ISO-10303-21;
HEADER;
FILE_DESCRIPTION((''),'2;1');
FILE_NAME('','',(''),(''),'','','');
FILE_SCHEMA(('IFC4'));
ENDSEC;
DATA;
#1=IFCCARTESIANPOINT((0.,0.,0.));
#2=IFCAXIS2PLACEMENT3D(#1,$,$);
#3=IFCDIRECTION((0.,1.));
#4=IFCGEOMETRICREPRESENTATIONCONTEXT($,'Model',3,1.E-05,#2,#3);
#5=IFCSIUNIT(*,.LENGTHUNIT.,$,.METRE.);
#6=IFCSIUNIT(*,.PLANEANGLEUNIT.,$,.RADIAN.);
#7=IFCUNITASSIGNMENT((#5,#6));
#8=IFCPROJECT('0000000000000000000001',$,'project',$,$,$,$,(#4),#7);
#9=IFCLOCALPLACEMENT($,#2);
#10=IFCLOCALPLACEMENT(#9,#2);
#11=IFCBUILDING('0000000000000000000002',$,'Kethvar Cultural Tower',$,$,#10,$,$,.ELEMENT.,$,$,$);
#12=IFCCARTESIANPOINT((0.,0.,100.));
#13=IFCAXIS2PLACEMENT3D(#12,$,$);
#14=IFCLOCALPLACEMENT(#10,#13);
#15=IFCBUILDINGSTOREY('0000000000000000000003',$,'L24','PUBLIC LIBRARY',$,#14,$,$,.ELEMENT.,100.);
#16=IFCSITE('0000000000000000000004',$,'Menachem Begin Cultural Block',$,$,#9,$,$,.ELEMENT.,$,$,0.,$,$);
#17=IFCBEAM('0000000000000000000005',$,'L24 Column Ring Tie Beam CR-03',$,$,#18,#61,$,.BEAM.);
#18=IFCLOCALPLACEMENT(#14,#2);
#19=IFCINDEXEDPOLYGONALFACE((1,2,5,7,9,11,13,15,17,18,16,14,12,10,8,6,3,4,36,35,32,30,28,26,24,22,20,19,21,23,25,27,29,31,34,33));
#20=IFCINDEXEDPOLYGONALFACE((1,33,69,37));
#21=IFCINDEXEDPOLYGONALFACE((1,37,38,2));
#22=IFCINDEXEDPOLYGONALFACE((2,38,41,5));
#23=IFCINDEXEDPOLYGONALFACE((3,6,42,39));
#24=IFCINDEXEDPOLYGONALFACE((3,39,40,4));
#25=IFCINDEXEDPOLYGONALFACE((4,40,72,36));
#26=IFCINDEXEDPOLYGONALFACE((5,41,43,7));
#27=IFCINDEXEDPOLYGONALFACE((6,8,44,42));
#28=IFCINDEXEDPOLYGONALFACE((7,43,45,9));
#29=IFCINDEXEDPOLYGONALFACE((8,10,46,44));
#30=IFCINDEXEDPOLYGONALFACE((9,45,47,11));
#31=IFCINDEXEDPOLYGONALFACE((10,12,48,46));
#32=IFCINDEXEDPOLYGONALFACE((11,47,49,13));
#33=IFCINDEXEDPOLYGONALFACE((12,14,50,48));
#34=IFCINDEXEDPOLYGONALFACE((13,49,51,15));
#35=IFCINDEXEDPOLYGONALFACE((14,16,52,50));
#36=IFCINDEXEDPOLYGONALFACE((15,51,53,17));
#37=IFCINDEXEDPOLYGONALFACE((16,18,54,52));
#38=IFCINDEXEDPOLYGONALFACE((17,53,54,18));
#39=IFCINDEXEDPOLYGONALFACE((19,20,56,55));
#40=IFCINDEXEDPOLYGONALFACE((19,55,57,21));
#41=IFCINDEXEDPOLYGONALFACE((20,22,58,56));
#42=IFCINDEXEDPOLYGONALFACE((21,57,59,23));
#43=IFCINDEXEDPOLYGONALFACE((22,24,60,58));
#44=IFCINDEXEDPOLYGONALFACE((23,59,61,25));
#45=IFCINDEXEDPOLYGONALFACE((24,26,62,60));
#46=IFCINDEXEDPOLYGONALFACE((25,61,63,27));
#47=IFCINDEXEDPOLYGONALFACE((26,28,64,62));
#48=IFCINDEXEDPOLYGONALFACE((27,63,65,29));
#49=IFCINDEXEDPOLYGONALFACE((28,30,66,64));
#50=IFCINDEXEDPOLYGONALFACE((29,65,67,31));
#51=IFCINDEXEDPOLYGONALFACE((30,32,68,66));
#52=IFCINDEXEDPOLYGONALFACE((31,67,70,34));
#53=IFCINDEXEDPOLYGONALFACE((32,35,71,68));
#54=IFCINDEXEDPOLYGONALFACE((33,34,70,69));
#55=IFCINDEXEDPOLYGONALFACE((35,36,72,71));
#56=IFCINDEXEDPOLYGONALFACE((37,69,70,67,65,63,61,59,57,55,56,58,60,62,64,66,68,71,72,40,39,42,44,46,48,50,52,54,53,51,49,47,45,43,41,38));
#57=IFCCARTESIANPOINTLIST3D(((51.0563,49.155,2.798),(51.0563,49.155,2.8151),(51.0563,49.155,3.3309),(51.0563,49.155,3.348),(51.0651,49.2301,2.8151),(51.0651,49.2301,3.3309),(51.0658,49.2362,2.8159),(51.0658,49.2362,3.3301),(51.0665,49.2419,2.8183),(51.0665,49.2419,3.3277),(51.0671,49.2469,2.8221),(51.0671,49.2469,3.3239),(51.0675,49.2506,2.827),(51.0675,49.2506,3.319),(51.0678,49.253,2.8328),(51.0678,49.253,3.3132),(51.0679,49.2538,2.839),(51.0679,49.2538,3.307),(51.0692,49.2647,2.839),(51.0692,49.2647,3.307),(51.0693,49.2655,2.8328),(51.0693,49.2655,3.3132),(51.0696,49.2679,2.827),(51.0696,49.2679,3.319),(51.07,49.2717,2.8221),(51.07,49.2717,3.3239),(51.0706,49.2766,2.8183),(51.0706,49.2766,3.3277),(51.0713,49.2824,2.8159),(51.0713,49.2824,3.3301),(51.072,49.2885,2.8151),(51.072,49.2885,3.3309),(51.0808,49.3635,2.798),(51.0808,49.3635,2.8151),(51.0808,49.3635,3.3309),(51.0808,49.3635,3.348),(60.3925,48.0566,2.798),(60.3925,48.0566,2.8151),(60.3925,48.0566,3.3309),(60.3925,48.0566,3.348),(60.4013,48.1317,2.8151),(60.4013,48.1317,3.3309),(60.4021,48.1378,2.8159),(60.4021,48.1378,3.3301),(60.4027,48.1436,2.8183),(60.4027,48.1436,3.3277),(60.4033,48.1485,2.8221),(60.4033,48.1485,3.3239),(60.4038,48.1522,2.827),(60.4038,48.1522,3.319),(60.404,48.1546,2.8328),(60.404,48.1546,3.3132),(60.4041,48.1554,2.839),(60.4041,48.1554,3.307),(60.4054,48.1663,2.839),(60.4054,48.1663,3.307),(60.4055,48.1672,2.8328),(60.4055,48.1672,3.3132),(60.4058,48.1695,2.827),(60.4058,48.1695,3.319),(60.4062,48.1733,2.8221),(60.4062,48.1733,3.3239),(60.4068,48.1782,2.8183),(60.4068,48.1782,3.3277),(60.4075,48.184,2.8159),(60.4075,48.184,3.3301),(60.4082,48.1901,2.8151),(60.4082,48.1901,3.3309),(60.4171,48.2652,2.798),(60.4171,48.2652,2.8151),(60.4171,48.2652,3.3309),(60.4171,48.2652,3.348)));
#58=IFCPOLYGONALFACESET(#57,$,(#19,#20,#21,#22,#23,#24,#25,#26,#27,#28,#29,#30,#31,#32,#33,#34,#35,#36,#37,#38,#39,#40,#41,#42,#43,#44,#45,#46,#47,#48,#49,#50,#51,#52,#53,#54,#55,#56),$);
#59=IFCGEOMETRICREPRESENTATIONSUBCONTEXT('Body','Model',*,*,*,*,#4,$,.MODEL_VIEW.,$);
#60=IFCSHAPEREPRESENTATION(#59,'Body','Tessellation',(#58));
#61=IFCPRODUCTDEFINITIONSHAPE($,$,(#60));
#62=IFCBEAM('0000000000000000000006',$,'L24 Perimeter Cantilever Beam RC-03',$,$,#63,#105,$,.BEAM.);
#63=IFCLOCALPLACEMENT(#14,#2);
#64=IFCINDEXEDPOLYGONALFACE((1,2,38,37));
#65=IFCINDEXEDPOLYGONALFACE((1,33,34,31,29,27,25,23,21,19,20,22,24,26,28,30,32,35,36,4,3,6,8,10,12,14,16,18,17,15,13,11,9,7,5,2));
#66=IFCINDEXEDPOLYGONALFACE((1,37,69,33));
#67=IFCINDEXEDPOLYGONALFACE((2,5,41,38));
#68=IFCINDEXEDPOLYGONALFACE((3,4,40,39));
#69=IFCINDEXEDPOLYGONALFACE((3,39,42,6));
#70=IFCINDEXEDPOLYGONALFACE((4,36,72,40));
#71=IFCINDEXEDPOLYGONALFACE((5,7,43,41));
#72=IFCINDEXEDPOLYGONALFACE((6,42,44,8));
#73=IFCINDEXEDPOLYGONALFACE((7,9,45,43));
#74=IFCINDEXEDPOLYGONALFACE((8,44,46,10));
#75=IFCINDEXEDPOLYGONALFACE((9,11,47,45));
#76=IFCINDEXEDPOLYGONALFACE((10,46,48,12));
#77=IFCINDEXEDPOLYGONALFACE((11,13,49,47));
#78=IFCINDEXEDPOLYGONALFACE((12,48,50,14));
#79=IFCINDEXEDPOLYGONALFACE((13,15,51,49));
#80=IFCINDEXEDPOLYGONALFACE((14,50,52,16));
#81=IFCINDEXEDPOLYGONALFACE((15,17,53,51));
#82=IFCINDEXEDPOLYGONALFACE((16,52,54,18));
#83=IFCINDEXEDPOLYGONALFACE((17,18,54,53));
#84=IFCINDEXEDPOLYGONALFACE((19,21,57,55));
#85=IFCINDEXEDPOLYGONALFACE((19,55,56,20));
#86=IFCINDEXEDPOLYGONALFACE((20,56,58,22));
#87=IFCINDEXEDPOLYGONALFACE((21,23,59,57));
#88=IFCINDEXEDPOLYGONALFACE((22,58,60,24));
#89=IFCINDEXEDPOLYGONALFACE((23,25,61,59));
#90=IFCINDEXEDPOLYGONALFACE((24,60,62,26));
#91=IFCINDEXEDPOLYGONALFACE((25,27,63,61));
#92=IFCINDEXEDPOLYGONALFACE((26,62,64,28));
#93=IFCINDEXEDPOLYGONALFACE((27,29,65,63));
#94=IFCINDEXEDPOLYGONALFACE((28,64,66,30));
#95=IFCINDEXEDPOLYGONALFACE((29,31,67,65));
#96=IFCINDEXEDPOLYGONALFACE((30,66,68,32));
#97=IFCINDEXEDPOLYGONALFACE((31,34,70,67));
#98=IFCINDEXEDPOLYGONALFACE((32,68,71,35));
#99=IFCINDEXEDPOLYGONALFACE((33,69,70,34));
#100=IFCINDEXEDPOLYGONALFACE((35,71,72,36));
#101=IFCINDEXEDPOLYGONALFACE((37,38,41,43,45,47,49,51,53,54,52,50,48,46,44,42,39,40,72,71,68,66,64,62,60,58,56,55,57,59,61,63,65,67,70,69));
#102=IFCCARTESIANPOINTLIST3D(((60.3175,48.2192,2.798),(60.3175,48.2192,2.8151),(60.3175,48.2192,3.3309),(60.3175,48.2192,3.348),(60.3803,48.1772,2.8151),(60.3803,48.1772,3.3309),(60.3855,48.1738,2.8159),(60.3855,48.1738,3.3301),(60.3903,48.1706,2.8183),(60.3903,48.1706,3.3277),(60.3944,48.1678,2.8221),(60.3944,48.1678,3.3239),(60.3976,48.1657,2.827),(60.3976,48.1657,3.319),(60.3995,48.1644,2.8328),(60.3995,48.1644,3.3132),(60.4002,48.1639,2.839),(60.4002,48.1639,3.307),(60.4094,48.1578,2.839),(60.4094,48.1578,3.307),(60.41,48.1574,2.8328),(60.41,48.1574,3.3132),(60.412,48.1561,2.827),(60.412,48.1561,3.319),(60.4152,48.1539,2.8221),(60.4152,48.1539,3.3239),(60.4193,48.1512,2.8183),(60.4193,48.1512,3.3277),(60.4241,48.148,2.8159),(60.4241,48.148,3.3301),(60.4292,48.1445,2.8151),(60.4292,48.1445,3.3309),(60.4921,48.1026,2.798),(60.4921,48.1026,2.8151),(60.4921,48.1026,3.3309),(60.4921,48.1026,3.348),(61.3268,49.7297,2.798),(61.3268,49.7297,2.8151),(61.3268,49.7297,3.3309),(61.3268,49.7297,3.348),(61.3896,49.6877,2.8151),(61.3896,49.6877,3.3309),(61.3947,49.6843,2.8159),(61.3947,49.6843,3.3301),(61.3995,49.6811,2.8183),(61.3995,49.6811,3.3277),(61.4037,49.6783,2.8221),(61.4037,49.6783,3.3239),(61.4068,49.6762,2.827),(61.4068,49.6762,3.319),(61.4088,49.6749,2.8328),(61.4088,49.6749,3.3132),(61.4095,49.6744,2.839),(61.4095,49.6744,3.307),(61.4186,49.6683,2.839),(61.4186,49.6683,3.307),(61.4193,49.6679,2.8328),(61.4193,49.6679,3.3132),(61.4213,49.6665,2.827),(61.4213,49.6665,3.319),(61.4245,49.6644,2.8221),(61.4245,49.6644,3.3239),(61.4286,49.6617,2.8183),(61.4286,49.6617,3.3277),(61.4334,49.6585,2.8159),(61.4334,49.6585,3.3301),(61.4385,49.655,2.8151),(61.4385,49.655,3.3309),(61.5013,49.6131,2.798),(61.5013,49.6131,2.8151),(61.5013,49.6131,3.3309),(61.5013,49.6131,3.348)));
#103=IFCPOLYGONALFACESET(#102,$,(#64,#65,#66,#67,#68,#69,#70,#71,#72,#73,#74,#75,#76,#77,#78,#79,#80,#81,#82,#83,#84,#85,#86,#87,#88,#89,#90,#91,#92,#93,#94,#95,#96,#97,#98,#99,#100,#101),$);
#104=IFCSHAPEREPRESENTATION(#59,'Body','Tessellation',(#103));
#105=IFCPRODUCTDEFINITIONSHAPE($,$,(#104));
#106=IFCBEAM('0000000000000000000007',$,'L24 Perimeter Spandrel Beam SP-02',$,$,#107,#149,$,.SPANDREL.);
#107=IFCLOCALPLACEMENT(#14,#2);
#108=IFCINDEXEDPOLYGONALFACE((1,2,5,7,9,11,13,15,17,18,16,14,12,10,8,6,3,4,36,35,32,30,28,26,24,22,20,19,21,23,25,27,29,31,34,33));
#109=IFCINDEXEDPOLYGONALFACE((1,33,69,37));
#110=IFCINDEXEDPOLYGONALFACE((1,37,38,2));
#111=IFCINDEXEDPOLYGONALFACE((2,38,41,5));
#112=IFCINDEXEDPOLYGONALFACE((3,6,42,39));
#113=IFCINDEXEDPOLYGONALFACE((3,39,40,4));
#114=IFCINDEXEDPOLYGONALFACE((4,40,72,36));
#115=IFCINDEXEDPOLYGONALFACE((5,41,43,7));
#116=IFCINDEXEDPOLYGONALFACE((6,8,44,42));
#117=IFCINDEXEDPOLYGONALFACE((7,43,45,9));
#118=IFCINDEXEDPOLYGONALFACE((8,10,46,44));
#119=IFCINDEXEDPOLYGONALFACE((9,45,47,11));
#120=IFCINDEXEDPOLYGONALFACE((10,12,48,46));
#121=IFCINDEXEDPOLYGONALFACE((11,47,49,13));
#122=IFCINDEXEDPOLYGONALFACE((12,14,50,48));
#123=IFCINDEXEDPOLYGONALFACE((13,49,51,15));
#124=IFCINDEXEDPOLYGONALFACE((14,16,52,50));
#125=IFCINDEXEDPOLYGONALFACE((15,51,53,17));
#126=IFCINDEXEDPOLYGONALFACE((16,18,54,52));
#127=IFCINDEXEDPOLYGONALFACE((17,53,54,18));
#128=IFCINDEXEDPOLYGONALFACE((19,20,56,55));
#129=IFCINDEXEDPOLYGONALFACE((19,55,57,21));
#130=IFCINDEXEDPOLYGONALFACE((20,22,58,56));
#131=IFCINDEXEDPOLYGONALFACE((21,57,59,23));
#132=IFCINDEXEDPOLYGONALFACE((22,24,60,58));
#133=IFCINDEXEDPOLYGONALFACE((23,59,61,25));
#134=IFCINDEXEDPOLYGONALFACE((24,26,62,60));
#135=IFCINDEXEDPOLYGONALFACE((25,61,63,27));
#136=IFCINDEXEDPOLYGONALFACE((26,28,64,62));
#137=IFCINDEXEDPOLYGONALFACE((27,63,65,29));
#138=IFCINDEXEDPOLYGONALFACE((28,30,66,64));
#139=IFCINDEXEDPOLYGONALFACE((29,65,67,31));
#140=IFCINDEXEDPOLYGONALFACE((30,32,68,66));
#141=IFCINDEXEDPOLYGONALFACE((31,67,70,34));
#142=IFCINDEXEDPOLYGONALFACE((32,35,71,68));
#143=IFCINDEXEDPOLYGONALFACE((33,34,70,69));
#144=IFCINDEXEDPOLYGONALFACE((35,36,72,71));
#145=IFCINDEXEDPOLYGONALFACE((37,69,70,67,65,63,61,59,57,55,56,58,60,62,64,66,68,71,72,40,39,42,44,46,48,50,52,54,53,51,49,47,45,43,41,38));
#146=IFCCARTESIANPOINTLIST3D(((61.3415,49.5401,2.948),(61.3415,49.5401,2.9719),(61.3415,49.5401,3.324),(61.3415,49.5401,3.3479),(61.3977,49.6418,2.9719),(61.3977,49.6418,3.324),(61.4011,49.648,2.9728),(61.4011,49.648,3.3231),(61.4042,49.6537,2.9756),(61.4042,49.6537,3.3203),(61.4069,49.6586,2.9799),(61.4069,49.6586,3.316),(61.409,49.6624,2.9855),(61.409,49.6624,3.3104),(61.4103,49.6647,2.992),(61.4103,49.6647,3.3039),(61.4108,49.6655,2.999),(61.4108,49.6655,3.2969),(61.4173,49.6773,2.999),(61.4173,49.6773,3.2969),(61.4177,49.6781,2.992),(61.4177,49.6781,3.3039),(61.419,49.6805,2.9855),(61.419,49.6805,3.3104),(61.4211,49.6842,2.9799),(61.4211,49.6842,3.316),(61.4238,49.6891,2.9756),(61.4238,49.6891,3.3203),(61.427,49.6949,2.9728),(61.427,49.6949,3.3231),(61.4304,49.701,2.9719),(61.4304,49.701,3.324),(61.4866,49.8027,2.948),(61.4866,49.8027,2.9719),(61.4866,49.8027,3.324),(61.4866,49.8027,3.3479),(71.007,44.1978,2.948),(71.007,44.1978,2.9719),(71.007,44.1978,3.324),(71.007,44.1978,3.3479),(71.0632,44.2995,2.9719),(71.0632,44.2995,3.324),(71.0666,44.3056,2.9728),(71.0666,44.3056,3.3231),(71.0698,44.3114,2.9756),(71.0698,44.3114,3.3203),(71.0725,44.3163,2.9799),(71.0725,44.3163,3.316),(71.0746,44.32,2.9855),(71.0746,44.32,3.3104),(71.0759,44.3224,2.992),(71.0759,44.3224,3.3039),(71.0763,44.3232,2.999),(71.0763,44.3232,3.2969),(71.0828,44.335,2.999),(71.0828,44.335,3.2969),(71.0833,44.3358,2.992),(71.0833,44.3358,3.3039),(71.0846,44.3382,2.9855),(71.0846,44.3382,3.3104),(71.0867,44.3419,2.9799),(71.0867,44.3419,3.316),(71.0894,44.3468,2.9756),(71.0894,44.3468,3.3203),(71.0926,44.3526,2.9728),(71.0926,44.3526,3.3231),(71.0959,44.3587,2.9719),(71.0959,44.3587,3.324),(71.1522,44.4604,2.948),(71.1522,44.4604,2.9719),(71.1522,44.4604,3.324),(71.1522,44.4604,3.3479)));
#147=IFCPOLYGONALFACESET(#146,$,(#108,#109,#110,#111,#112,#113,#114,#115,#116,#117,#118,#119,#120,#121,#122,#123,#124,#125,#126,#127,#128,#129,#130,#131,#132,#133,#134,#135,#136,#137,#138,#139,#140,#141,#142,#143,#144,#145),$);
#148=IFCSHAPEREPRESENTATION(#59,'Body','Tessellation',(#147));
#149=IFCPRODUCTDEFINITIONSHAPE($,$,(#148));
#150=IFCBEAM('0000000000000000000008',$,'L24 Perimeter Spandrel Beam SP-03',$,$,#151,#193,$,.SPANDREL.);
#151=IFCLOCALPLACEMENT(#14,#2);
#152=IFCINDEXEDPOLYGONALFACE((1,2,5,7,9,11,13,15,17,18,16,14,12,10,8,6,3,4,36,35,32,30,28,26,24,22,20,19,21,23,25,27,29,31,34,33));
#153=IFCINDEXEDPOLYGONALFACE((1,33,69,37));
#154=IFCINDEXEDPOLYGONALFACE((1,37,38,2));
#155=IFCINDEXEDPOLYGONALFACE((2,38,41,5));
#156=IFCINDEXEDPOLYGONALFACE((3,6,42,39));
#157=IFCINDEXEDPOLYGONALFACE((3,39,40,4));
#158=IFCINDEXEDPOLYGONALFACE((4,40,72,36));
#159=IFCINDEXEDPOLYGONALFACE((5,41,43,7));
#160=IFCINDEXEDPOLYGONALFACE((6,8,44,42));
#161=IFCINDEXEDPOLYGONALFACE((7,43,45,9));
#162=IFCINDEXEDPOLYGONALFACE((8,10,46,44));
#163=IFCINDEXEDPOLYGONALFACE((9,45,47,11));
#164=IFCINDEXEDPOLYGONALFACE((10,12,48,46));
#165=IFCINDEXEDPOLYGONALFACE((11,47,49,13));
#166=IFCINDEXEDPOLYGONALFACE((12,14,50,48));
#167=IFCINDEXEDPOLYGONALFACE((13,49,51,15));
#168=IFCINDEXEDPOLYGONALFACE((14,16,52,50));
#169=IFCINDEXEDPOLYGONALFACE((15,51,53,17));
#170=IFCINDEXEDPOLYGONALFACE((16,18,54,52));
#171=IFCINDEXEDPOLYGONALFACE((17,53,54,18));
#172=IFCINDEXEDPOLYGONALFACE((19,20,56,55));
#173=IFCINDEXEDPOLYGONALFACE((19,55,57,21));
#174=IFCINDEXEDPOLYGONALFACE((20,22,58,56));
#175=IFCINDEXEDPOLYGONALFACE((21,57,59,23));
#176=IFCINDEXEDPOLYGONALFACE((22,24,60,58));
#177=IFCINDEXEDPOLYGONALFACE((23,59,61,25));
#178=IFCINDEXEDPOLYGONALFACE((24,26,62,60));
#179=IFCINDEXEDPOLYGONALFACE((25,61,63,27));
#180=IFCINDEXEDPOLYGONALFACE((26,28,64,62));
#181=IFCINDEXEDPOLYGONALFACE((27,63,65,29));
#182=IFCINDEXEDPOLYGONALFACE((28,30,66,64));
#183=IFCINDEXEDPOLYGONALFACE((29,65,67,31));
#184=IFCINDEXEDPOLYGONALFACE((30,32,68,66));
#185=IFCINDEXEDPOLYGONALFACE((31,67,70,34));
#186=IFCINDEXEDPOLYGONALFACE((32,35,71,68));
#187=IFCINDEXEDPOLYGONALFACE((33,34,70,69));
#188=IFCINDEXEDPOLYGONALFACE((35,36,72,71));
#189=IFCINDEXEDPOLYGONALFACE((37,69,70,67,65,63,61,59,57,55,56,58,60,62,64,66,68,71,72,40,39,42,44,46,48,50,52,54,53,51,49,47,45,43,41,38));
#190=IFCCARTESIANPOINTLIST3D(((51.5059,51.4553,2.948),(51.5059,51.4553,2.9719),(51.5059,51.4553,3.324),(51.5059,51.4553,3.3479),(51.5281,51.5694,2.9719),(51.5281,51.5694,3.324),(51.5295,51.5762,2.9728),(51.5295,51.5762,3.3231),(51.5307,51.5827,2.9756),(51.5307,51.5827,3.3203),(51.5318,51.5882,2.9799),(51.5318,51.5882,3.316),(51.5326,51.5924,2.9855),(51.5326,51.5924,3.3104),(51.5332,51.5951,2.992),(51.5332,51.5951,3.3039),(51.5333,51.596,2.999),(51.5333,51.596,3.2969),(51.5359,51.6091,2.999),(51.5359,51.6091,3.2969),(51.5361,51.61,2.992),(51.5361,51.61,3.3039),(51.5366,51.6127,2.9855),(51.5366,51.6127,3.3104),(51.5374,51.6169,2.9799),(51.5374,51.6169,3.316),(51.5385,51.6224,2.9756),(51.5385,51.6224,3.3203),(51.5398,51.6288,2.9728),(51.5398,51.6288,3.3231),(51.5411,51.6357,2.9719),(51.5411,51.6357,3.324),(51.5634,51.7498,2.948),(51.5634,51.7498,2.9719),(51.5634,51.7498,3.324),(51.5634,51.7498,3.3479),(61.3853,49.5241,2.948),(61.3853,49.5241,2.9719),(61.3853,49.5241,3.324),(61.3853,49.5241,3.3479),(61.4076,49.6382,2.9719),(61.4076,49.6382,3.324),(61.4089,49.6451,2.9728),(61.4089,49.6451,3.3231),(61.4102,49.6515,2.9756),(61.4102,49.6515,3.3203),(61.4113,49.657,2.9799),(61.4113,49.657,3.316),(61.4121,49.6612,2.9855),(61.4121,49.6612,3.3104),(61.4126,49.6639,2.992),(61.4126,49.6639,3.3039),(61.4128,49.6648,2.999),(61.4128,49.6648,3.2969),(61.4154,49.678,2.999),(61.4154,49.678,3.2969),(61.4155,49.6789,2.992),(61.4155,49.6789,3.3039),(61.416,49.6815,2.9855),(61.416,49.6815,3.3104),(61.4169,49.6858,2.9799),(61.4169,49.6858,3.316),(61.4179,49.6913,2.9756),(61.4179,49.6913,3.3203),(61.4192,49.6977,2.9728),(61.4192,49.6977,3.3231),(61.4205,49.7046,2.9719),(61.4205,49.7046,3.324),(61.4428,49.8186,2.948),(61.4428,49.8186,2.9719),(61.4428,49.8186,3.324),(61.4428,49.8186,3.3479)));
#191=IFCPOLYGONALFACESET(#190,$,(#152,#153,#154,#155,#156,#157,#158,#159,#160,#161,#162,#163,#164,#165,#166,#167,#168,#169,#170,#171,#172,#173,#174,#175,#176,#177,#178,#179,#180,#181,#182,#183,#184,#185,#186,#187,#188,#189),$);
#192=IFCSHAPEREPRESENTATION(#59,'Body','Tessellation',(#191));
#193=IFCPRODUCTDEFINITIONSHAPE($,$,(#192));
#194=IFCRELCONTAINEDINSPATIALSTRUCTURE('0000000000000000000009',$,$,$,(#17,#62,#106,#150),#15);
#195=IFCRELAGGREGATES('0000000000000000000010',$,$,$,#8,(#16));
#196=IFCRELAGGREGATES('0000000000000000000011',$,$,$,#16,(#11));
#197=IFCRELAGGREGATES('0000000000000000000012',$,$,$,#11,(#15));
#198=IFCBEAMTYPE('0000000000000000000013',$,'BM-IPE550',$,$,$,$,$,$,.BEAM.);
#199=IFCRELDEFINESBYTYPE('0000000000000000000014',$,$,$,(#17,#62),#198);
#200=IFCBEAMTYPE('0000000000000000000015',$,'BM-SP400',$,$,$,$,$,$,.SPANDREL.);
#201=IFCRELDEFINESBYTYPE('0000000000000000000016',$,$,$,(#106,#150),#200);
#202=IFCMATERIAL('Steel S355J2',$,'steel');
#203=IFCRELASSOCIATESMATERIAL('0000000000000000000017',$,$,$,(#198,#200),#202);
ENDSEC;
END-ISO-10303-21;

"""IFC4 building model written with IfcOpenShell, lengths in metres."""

from ifc_helpers import new_model, si_unit, direction, frame, origin, origin_2d, place, context, subcontext, project, spatial, i_section, extrude, source, transform, mapped, material, material_profile, profile_set, type_object, element, save


model = new_model("IFC4")

# Units and contexts
model_context = context("Model", 3, precision=1e-05, world=origin(), true_north=direction((0.0, 1.0)))
body_context = subcontext(model_context, "Body", "Model", "MODEL_VIEW")
ifc_project = project(units=[si_unit("LENGTHUNIT", "METRE"), si_unit("PLANEANGLEUNIT", "RADIAN")], contexts=[model_context])

# Site, building, storey
site_placement = place(None, origin())
site = spatial("IfcSite", under=ifc_project, at=site_placement, Name="Menachem Begin Cultural Block", CompositionType="ELEMENT", RefElevation=0.0)
building_placement = place(site_placement, origin())
building = spatial("IfcBuilding", under=site, at=building_placement, Name="Kethvar Cultural Tower", CompositionType="ELEMENT")
storey_placement = place(building_placement, frame((0.0, 0.0, 100.0)))
storey = spatial("IfcBuildingStorey", under=building, at=storey_placement, Name="L24", Description="PUBLIC LIBRARY", CompositionType="ELEMENT", Elevation=100.0)

# Beams
ifc_material_1 = material(Name="Steel S355J2", Category="steel")
ifc_material_profile_1 = material_profile(ifc_material_1, i_section(OverallWidth=0.21, OverallDepth=0.55, WebThickness=0.011, FlangeThickness=0.0171, FilletRadius=0.0239, at=origin_2d()), Name="Steel S355J2 — IPE550")
ifc_profile_set_1 = profile_set([ifc_material_profile_1], Name="Steel S355J2 — IPE550")
beam_type_1 = type_object("IfcBeamType", Name="BM-IPE550", PredefinedType="BEAM", material=ifc_profile_set_1)
shared_shape_1 = source(origin(), body_context, "Body", "SweptSolid", [
    extrude(i_section(OverallWidth=0.21, OverallDepth=0.55, WebThickness=0.011, FlangeThickness=0.0171, FilletRadius=0.0239, at=origin_2d()), origin(), (0.0, 0.0, 1.0), 9.4006),
])
beam_1_placement = place(storey_placement, frame((60.4048, 48.1609, 3.073), z_axis=(-0.99315, 0.116843, 0.0), x_axis=(-0.116843, -0.99315, 0.0)))
element("IfcBeam", 1, at=beam_1_placement, inside=storey, type_object=beam_type_1, Name="L24 Column Ring Tie Beam CR-03", PredefinedType="BEAM", context=body_context, shape_type="MappedRepresentation", body=[
    mapped(shared_shape_1, transform((0.0, 0.0, 0.0), scale=1.0)),
])
shared_shape_2 = source(origin(), body_context, "Body", "SweptSolid", [
    extrude(i_section(OverallWidth=0.21, OverallDepth=0.55, WebThickness=0.011, FlangeThickness=0.0171, FilletRadius=0.0239, at=origin_2d()), origin(), (0.0, 0.0, 1.0), 1.8167),
])
beam_2_placement = place(storey_placement, frame((60.4048, 48.1609, 3.073), z_axis=(0.555568, 0.831471, 0.0), x_axis=(-0.831471, 0.555568, 0.0)))
element("IfcBeam", 2, at=beam_2_placement, inside=storey, type_object=beam_type_1, Name="L24 Perimeter Cantilever Beam RC-03", PredefinedType="BEAM", context=body_context, shape_type="MappedRepresentation", body=[
    mapped(shared_shape_2, transform((0.0, 0.0, 0.0), scale=1.0)),
])
ifc_material_profile_2 = material_profile(ifc_material_1, i_section(OverallWidth=0.3, OverallDepth=0.3999, WebThickness=0.0134, FlangeThickness=0.0239, FilletRadius=0.0271, at=origin_2d()), Name="Steel S355J2 — HEB400")
ifc_profile_set_2 = profile_set([ifc_material_profile_2], Name="Steel S355J2 — HEB400")
beam_type_2 = type_object("IfcBeamType", Name="BM-SP400", PredefinedType="SPANDREL", material=ifc_profile_set_2)
shared_shape_3 = source(origin(), body_context, "Body", "SweptSolid", [
    extrude(i_section(OverallWidth=0.3, OverallDepth=0.3999, WebThickness=0.0134, FlangeThickness=0.0239, FilletRadius=0.0271, at=origin_2d()), origin(), (0.0, 0.0, 1.0), 11.0437),
])
beam_3_placement = place(storey_placement, frame((71.0796, 44.3291, 3.1479), z_axis=(-0.875211, 0.483742, 0.0), x_axis=(-0.483742, -0.875211, 0.0)))
element("IfcBeam", 3, at=beam_3_placement, inside=storey, type_object=beam_type_2, Name="L24 Perimeter Spandrel Beam SP-02", PredefinedType="SPANDREL", context=body_context, shape_type="MappedRepresentation", body=[
    mapped(shared_shape_3, transform((0.0, 0.0, 0.0), scale=1.0)),
])
shared_shape_4 = source(origin(), body_context, "Body", "SweptSolid", [
    extrude(i_section(OverallWidth=0.3, OverallDepth=0.3999, WebThickness=0.0134, FlangeThickness=0.0239, FilletRadius=0.0271, at=origin_2d()), origin(), (0.0, 0.0, 1.0), 10.0664),
])
beam_4_placement = place(storey_placement, frame((61.4141, 49.6714, 3.1479), z_axis=(-0.981426, 0.191842, 0.0), x_axis=(-0.191842, -0.981426, 0.0)))
element("IfcBeam", 4, at=beam_4_placement, inside=storey, type_object=beam_type_2, Name="L24 Perimeter Spandrel Beam SP-03", PredefinedType="SPANDREL", context=body_context, shape_type="MappedRepresentation", body=[
    mapped(shared_shape_4, transform((0.0, 0.0, 0.0), scale=1.0)),
])

save(model, "model.ifc")
